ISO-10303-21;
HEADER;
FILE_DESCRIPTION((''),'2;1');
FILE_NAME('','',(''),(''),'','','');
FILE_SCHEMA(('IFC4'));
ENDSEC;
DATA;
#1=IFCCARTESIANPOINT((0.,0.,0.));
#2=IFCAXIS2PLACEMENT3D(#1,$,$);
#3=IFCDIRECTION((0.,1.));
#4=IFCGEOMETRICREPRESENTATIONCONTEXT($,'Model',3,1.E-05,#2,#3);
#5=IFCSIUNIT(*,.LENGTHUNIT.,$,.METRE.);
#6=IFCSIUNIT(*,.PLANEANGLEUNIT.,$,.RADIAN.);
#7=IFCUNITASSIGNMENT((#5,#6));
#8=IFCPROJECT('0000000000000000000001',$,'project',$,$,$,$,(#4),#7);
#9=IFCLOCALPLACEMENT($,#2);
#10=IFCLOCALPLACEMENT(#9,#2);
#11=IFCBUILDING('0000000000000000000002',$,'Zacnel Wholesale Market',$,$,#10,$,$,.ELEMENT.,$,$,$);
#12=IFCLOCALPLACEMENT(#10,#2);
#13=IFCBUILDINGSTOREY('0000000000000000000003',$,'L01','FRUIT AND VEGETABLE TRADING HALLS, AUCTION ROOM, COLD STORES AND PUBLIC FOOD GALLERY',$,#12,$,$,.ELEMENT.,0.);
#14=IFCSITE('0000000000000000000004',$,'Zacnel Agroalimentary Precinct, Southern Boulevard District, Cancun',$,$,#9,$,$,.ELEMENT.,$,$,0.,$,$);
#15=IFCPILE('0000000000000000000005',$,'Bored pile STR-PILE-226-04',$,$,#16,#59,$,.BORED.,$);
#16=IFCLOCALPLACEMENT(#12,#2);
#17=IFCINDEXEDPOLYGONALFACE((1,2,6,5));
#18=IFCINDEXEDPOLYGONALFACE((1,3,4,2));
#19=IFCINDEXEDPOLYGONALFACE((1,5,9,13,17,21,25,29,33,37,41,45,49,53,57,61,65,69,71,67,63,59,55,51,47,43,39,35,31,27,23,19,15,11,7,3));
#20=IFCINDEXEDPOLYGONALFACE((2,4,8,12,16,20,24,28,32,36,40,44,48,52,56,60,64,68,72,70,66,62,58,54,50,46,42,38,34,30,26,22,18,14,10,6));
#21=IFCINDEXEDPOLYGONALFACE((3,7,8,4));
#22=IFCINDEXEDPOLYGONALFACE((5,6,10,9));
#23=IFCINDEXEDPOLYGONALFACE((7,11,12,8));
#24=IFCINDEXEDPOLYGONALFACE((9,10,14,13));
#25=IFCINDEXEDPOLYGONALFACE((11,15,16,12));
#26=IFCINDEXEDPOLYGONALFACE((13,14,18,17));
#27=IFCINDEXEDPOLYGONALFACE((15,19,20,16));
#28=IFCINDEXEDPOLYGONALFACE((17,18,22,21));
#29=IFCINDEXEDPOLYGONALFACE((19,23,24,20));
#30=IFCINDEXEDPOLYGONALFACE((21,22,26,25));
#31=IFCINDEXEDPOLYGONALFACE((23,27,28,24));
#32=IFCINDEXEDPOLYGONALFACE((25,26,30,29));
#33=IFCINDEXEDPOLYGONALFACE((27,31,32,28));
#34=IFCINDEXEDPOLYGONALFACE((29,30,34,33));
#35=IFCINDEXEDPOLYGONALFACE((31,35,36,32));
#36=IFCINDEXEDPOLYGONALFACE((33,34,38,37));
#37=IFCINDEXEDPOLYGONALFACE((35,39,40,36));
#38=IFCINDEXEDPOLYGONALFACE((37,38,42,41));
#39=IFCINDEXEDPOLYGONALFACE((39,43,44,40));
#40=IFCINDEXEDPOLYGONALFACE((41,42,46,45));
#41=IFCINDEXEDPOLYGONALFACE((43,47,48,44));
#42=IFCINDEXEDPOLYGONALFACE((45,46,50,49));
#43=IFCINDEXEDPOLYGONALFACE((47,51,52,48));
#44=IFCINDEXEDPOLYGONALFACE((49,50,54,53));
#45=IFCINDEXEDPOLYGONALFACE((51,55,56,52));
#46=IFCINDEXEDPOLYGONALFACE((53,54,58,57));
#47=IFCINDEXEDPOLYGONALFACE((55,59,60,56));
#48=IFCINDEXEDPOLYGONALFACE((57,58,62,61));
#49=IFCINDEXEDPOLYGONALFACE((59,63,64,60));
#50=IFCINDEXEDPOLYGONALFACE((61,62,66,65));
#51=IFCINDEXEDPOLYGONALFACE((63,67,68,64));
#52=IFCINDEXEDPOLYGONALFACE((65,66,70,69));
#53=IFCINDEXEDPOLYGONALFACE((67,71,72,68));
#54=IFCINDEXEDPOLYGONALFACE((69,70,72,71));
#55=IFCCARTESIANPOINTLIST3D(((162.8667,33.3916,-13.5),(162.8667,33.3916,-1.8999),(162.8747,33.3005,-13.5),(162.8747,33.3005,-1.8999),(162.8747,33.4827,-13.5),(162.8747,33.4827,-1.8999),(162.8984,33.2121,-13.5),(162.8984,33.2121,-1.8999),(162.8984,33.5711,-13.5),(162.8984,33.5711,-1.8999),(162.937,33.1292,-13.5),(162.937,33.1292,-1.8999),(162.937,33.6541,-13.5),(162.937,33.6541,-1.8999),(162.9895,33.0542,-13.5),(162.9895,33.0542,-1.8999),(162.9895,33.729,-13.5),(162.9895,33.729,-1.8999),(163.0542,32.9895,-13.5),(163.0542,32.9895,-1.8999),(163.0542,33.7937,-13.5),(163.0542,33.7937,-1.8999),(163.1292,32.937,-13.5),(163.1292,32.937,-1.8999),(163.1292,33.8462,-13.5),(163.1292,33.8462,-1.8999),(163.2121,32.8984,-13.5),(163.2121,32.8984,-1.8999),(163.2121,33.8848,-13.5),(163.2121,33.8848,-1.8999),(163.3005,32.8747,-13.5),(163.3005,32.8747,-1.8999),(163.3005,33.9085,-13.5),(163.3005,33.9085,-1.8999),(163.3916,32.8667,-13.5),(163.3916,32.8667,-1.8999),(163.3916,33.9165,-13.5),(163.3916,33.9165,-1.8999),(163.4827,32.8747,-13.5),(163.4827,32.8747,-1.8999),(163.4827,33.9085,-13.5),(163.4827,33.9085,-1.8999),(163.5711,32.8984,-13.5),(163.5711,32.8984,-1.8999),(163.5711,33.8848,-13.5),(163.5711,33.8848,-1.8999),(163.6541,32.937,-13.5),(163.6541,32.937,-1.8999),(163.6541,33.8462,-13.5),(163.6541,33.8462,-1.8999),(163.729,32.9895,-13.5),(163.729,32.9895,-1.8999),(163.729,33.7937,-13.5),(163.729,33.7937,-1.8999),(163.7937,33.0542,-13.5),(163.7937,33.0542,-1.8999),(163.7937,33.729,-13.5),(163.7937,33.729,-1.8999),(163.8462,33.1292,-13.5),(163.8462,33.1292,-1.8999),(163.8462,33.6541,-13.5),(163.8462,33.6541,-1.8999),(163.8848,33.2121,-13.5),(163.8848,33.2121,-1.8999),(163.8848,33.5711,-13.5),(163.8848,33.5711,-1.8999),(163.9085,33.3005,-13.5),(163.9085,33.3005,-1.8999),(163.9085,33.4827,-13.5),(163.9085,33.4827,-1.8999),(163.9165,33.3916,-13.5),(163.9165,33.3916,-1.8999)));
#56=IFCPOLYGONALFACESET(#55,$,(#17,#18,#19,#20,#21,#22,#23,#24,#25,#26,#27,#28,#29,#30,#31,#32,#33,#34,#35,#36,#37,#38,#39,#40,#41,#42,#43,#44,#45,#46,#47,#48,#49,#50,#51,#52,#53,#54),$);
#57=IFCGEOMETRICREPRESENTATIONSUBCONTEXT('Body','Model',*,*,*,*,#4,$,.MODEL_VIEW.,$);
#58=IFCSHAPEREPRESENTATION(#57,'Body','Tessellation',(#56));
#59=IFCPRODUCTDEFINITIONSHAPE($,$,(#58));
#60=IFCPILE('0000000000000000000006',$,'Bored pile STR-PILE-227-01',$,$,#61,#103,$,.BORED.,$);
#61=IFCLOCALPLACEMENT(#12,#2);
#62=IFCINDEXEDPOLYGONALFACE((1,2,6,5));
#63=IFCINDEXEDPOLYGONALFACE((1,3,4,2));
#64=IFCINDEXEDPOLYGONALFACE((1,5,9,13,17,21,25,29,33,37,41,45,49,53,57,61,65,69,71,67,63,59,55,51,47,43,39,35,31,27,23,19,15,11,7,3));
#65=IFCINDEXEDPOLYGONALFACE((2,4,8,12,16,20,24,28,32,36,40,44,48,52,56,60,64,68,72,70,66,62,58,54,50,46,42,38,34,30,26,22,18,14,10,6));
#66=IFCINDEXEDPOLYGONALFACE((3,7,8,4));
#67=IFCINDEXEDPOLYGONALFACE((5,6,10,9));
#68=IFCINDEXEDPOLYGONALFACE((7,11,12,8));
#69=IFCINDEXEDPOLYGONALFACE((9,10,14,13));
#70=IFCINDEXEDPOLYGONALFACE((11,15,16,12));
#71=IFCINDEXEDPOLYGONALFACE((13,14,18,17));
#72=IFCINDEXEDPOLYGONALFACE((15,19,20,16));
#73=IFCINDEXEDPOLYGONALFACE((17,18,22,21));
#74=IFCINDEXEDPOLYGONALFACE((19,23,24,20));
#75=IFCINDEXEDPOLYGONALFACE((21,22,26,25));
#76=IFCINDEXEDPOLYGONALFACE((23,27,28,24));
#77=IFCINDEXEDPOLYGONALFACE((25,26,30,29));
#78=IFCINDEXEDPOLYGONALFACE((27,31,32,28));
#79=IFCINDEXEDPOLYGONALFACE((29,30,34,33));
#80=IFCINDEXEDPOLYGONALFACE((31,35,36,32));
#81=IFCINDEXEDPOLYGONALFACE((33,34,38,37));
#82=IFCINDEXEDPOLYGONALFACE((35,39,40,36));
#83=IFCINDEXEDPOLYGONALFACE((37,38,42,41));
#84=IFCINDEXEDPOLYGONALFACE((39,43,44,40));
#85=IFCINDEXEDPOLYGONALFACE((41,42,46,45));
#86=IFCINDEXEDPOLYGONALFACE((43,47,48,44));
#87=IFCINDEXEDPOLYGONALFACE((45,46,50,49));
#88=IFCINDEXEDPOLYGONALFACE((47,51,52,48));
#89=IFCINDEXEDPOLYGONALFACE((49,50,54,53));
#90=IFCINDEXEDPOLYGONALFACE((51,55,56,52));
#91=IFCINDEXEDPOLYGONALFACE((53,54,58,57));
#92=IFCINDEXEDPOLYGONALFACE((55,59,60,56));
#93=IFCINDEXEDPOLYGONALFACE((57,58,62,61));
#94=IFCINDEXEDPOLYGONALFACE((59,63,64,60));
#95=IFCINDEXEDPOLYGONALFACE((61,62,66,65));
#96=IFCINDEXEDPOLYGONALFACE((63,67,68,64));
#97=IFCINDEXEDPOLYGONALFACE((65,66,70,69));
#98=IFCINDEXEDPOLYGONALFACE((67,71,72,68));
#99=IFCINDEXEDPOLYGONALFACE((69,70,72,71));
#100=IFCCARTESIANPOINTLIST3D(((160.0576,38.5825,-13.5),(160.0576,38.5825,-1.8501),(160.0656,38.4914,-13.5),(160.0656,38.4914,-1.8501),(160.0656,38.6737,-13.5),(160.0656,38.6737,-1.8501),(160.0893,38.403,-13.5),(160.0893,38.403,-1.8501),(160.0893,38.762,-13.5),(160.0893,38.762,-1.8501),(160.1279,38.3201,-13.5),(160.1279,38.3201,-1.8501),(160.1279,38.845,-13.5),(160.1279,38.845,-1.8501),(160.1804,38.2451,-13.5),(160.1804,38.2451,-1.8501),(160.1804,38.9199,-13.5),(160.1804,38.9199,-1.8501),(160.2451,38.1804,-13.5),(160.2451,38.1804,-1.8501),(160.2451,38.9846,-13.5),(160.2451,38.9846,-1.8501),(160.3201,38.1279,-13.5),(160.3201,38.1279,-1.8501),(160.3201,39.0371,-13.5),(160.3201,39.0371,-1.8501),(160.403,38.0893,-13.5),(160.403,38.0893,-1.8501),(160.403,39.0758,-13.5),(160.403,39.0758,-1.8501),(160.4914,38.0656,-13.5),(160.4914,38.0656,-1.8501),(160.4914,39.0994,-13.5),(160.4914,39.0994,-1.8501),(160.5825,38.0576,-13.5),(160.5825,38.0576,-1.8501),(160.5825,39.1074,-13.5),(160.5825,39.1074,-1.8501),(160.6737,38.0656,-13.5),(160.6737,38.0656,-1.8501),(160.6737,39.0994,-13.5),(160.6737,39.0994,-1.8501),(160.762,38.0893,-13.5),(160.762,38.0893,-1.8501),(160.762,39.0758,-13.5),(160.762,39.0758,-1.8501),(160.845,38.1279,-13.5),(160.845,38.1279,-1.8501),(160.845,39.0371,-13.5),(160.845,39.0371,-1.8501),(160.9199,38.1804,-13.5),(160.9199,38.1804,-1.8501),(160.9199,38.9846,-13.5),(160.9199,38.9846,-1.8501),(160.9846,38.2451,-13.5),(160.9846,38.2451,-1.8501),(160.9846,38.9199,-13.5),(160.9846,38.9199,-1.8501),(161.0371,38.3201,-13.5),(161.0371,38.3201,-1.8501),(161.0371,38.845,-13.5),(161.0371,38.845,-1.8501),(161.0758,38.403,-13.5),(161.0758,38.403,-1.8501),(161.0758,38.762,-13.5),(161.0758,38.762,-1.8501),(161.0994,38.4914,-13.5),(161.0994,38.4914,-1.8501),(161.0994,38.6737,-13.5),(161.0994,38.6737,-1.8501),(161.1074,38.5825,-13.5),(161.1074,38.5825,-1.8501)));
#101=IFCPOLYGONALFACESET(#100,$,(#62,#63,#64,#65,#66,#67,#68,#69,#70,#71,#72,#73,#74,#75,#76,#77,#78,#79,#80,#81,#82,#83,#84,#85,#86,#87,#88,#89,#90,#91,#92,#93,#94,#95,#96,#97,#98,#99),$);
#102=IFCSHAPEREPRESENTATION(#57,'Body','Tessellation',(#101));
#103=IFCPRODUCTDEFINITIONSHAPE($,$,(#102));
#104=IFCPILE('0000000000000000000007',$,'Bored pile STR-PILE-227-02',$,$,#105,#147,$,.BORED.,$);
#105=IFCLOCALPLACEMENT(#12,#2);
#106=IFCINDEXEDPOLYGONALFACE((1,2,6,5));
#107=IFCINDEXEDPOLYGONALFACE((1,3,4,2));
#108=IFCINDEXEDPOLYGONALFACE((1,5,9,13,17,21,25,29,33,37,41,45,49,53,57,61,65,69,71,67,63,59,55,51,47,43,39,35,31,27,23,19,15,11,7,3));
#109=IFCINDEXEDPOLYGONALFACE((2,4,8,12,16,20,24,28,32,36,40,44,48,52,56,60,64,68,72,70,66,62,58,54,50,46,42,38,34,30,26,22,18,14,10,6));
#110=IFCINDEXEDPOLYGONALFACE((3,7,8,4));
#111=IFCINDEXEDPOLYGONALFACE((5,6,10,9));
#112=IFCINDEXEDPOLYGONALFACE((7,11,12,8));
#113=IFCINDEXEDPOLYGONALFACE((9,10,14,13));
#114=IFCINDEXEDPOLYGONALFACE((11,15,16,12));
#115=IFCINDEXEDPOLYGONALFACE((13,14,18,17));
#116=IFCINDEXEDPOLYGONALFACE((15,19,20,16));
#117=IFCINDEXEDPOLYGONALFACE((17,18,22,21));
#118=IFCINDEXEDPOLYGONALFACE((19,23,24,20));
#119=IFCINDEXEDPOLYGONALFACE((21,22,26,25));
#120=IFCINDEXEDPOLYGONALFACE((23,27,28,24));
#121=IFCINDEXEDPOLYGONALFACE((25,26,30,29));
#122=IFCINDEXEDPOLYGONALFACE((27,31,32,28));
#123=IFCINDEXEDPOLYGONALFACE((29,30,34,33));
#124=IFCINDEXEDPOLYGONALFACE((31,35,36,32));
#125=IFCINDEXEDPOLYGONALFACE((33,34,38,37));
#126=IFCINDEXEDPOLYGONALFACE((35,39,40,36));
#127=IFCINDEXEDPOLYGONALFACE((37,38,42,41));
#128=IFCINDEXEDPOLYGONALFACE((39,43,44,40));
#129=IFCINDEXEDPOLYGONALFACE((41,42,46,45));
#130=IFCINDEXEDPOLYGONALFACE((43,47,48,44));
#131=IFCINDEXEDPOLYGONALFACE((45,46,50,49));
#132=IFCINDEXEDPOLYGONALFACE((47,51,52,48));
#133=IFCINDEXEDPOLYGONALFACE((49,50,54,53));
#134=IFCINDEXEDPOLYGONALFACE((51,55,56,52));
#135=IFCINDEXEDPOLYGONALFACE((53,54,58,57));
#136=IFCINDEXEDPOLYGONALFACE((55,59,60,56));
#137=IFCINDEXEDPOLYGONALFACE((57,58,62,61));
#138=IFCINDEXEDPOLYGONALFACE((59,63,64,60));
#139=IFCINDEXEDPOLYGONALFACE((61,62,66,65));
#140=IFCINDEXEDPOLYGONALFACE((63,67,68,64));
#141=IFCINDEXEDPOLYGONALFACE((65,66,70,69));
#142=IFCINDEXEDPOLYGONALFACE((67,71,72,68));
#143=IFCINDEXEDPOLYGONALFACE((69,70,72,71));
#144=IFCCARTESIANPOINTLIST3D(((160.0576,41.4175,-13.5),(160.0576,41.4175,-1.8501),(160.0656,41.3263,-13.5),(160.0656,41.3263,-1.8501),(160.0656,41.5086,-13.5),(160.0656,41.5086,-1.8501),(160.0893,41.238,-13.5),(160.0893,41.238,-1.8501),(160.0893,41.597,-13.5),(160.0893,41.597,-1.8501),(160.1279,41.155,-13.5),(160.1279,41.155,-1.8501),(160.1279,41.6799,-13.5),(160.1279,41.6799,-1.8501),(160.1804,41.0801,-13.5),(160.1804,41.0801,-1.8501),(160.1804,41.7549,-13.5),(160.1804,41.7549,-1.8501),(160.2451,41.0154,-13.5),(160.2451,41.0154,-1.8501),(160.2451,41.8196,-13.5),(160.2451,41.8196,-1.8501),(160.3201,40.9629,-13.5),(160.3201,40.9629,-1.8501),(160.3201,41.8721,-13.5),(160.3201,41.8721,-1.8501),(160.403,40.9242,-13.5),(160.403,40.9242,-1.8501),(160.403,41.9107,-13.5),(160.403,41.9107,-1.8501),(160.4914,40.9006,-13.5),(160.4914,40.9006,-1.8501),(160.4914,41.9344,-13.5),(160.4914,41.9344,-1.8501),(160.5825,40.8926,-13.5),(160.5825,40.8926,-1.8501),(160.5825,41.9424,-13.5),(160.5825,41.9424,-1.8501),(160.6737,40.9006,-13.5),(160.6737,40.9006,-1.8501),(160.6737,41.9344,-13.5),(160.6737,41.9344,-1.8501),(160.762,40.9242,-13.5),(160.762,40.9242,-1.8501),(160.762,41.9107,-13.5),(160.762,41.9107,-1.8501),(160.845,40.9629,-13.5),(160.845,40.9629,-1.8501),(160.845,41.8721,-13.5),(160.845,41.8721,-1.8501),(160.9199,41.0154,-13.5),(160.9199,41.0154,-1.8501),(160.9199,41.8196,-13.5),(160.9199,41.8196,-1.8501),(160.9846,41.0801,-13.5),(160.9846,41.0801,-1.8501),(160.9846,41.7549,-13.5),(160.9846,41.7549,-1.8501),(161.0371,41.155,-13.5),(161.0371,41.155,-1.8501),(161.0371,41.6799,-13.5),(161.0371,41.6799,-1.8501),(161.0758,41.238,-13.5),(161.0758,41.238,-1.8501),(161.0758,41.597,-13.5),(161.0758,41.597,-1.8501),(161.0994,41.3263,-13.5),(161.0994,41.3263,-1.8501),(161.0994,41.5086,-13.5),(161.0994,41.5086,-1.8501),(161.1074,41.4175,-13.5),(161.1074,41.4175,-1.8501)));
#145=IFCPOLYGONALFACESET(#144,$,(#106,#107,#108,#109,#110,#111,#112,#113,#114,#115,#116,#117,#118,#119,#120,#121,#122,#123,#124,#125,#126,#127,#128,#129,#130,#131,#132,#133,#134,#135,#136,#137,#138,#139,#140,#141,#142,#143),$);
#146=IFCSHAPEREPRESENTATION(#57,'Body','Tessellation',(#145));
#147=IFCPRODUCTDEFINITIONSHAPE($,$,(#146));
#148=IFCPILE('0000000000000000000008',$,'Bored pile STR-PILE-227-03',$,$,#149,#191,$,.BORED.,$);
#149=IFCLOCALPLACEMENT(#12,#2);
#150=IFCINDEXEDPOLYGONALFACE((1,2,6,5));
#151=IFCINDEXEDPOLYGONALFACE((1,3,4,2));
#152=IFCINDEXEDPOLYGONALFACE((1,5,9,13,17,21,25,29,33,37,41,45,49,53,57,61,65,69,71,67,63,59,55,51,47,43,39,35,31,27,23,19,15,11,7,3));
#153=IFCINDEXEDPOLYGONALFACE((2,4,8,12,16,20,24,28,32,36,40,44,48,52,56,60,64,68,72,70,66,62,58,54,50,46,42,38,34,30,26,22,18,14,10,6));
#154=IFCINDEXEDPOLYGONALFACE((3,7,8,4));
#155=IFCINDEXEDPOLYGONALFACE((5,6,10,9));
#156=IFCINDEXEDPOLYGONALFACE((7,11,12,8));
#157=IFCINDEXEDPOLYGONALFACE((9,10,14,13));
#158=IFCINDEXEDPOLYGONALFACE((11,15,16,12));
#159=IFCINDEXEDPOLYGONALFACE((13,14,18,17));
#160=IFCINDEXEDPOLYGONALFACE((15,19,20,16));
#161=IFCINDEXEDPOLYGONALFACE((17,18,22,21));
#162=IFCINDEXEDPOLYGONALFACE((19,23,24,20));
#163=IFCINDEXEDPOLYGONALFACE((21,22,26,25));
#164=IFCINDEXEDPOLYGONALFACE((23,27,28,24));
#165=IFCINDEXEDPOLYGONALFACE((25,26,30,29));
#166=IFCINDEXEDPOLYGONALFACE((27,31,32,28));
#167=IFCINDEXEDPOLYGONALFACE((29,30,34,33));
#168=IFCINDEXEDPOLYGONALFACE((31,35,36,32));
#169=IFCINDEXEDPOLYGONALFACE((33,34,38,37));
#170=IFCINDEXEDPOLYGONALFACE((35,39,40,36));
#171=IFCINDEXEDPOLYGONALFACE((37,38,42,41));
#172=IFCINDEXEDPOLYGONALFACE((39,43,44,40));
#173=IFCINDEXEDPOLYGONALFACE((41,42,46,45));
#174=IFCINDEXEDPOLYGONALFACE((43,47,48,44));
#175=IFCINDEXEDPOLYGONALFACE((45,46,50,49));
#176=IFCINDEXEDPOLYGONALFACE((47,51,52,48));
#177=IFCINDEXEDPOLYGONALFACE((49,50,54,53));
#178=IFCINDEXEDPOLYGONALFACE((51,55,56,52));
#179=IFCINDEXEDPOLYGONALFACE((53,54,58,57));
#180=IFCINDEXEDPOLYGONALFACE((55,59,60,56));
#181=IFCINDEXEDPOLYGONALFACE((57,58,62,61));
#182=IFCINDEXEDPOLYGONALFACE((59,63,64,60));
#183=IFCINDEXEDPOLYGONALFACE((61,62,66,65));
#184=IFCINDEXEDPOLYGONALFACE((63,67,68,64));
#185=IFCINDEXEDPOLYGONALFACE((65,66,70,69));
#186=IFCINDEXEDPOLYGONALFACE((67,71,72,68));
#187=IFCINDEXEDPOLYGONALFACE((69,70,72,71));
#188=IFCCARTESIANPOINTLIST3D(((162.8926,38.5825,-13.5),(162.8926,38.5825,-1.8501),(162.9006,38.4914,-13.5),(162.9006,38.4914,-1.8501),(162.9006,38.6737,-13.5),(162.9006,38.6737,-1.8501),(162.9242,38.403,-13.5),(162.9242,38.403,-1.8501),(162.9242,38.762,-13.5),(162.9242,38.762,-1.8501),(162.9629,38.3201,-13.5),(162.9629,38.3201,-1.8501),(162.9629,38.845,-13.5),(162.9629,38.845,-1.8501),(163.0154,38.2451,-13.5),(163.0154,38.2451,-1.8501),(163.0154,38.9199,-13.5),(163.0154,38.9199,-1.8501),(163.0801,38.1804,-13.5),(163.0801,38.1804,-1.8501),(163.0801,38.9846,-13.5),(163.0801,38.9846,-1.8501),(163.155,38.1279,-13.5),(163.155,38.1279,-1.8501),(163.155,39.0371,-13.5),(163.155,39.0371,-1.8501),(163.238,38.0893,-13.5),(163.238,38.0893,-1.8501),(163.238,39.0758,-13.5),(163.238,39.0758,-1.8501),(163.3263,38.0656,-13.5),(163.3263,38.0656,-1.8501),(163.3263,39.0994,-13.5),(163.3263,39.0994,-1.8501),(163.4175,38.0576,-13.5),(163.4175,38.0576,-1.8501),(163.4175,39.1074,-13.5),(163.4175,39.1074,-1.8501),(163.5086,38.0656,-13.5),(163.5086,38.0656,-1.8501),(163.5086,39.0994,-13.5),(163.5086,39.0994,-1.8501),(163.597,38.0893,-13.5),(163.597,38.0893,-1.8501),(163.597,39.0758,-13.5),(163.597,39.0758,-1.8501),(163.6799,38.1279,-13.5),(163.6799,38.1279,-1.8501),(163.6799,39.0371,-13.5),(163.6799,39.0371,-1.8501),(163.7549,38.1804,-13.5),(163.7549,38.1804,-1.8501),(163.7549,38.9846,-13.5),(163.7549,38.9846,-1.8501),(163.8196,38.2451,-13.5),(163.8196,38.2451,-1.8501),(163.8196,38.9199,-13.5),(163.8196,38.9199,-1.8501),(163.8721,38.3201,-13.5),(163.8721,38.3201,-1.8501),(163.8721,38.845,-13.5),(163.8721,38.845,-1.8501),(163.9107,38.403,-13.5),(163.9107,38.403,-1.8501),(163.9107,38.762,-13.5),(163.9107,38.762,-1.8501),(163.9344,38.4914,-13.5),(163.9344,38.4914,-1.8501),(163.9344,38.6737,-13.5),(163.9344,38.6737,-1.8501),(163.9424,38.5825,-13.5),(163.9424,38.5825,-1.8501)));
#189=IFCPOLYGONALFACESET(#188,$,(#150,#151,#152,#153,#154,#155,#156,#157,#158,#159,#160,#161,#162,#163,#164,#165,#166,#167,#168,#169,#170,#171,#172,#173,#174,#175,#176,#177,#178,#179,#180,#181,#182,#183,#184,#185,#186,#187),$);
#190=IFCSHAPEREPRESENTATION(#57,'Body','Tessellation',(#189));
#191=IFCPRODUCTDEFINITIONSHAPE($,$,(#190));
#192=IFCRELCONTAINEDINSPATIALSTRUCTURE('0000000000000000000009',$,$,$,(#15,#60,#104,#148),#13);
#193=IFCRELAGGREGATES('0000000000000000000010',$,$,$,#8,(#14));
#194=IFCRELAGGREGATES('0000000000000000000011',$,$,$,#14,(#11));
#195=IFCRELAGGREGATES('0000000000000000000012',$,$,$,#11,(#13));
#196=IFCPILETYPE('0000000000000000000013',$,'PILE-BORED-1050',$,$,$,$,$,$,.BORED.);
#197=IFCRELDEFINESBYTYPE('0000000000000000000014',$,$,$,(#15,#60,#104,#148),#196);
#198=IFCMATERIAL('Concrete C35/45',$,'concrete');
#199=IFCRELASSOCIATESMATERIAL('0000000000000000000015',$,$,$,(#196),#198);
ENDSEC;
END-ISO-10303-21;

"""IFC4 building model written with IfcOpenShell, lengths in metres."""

from ifc_helpers import new_model, si_unit, direction, frame, origin, origin_2d, place, context, subcontext, project, spatial, circle, extrude, material, material_profile, profile_set, type_object, element, save


model = new_model("IFC4")

# Units and contexts
model_context = context("Model", 3, precision=1e-05, world=origin(), true_north=direction((0.0, 1.0)))
body_context = subcontext(model_context, "Body", "Model", "MODEL_VIEW")
ifc_project = project(units=[si_unit("LENGTHUNIT", "METRE"), si_unit("PLANEANGLEUNIT", "RADIAN")], contexts=[model_context])

# Site, building, storey
site_placement = place(None, origin())
site = spatial("IfcSite", under=ifc_project, at=site_placement, Name="Zacnel Agroalimentary Precinct, Southern Boulevard District, Cancun", CompositionType="ELEMENT", RefElevation=0.0)
building_placement = place(site_placement, origin())
building = spatial("IfcBuilding", under=site, at=building_placement, Name="Zacnel Wholesale Market", CompositionType="ELEMENT")
storey_placement = place(building_placement, origin())
storey = spatial("IfcBuildingStorey", under=building, at=storey_placement, Name="L01", Description="FRUIT AND VEGETABLE TRADING HALLS, AUCTION ROOM, COLD STORES AND PUBLIC FOOD GALLERY", CompositionType="ELEMENT", Elevation=0.0)

# Piles
ifc_material_1 = material(Name="Concrete C35/45", Category="concrete")
ifc_material_profile_1 = material_profile(ifc_material_1, circle(Radius=0.5249, at=origin_2d()), Name="BORED PILE D1050")
ifc_profile_set_1 = profile_set([ifc_material_profile_1], Name="Concrete C35/45")
pile_type = type_object("IfcPileType", Name="PILE-BORED-1050", PredefinedType="BORED", material=ifc_profile_set_1)
for number, where, z_axis, x_axis, name in (
    (1, (163.3916, 33.3916, -1.8999), (0.0, 0.0, -1.0), (1.0, 0.0, 0.0), "Bored pile STR-PILE-226-04"),
):
    element("IfcPile", number, at=place(storey_placement, frame(where, z_axis=z_axis, x_axis=x_axis)), inside=storey, type_object=pile_type, Name=name, PredefinedType="BORED", context=body_context, shape_type="SweptSolid", body=[
        extrude(circle(Radius=0.5249, at=origin_2d()), origin(), (0.0, 0.0, 1.0), 11.6001),
    ])
for number, where, z_axis, x_axis, name in (
    (2, (160.5825, 38.5825, -1.8501), (0.0, 0.0, -1.0), (1.0, 0.0, 0.0), "Bored pile STR-PILE-227-01"),
    (3, (160.5825, 41.4175, -1.8501), (0.0, 0.0, -1.0), (1.0, 0.0, 0.0), "Bored pile STR-PILE-227-02"),
    (4, (163.4175, 38.5825, -1.8501), (0.0, 0.0, -1.0), (1.0, 0.0, 0.0), "Bored pile STR-PILE-227-03"),
):
    element("IfcPile", number, at=place(storey_placement, frame(where, z_axis=z_axis, x_axis=x_axis)), inside=storey, type_object=pile_type, Name=name, PredefinedType="BORED", context=body_context, shape_type="SweptSolid", body=[
        extrude(circle(Radius=0.5249, at=origin_2d()), origin(), (0.0, 0.0, 1.0), 11.6499),
    ])

save(model, "model.ifc")
